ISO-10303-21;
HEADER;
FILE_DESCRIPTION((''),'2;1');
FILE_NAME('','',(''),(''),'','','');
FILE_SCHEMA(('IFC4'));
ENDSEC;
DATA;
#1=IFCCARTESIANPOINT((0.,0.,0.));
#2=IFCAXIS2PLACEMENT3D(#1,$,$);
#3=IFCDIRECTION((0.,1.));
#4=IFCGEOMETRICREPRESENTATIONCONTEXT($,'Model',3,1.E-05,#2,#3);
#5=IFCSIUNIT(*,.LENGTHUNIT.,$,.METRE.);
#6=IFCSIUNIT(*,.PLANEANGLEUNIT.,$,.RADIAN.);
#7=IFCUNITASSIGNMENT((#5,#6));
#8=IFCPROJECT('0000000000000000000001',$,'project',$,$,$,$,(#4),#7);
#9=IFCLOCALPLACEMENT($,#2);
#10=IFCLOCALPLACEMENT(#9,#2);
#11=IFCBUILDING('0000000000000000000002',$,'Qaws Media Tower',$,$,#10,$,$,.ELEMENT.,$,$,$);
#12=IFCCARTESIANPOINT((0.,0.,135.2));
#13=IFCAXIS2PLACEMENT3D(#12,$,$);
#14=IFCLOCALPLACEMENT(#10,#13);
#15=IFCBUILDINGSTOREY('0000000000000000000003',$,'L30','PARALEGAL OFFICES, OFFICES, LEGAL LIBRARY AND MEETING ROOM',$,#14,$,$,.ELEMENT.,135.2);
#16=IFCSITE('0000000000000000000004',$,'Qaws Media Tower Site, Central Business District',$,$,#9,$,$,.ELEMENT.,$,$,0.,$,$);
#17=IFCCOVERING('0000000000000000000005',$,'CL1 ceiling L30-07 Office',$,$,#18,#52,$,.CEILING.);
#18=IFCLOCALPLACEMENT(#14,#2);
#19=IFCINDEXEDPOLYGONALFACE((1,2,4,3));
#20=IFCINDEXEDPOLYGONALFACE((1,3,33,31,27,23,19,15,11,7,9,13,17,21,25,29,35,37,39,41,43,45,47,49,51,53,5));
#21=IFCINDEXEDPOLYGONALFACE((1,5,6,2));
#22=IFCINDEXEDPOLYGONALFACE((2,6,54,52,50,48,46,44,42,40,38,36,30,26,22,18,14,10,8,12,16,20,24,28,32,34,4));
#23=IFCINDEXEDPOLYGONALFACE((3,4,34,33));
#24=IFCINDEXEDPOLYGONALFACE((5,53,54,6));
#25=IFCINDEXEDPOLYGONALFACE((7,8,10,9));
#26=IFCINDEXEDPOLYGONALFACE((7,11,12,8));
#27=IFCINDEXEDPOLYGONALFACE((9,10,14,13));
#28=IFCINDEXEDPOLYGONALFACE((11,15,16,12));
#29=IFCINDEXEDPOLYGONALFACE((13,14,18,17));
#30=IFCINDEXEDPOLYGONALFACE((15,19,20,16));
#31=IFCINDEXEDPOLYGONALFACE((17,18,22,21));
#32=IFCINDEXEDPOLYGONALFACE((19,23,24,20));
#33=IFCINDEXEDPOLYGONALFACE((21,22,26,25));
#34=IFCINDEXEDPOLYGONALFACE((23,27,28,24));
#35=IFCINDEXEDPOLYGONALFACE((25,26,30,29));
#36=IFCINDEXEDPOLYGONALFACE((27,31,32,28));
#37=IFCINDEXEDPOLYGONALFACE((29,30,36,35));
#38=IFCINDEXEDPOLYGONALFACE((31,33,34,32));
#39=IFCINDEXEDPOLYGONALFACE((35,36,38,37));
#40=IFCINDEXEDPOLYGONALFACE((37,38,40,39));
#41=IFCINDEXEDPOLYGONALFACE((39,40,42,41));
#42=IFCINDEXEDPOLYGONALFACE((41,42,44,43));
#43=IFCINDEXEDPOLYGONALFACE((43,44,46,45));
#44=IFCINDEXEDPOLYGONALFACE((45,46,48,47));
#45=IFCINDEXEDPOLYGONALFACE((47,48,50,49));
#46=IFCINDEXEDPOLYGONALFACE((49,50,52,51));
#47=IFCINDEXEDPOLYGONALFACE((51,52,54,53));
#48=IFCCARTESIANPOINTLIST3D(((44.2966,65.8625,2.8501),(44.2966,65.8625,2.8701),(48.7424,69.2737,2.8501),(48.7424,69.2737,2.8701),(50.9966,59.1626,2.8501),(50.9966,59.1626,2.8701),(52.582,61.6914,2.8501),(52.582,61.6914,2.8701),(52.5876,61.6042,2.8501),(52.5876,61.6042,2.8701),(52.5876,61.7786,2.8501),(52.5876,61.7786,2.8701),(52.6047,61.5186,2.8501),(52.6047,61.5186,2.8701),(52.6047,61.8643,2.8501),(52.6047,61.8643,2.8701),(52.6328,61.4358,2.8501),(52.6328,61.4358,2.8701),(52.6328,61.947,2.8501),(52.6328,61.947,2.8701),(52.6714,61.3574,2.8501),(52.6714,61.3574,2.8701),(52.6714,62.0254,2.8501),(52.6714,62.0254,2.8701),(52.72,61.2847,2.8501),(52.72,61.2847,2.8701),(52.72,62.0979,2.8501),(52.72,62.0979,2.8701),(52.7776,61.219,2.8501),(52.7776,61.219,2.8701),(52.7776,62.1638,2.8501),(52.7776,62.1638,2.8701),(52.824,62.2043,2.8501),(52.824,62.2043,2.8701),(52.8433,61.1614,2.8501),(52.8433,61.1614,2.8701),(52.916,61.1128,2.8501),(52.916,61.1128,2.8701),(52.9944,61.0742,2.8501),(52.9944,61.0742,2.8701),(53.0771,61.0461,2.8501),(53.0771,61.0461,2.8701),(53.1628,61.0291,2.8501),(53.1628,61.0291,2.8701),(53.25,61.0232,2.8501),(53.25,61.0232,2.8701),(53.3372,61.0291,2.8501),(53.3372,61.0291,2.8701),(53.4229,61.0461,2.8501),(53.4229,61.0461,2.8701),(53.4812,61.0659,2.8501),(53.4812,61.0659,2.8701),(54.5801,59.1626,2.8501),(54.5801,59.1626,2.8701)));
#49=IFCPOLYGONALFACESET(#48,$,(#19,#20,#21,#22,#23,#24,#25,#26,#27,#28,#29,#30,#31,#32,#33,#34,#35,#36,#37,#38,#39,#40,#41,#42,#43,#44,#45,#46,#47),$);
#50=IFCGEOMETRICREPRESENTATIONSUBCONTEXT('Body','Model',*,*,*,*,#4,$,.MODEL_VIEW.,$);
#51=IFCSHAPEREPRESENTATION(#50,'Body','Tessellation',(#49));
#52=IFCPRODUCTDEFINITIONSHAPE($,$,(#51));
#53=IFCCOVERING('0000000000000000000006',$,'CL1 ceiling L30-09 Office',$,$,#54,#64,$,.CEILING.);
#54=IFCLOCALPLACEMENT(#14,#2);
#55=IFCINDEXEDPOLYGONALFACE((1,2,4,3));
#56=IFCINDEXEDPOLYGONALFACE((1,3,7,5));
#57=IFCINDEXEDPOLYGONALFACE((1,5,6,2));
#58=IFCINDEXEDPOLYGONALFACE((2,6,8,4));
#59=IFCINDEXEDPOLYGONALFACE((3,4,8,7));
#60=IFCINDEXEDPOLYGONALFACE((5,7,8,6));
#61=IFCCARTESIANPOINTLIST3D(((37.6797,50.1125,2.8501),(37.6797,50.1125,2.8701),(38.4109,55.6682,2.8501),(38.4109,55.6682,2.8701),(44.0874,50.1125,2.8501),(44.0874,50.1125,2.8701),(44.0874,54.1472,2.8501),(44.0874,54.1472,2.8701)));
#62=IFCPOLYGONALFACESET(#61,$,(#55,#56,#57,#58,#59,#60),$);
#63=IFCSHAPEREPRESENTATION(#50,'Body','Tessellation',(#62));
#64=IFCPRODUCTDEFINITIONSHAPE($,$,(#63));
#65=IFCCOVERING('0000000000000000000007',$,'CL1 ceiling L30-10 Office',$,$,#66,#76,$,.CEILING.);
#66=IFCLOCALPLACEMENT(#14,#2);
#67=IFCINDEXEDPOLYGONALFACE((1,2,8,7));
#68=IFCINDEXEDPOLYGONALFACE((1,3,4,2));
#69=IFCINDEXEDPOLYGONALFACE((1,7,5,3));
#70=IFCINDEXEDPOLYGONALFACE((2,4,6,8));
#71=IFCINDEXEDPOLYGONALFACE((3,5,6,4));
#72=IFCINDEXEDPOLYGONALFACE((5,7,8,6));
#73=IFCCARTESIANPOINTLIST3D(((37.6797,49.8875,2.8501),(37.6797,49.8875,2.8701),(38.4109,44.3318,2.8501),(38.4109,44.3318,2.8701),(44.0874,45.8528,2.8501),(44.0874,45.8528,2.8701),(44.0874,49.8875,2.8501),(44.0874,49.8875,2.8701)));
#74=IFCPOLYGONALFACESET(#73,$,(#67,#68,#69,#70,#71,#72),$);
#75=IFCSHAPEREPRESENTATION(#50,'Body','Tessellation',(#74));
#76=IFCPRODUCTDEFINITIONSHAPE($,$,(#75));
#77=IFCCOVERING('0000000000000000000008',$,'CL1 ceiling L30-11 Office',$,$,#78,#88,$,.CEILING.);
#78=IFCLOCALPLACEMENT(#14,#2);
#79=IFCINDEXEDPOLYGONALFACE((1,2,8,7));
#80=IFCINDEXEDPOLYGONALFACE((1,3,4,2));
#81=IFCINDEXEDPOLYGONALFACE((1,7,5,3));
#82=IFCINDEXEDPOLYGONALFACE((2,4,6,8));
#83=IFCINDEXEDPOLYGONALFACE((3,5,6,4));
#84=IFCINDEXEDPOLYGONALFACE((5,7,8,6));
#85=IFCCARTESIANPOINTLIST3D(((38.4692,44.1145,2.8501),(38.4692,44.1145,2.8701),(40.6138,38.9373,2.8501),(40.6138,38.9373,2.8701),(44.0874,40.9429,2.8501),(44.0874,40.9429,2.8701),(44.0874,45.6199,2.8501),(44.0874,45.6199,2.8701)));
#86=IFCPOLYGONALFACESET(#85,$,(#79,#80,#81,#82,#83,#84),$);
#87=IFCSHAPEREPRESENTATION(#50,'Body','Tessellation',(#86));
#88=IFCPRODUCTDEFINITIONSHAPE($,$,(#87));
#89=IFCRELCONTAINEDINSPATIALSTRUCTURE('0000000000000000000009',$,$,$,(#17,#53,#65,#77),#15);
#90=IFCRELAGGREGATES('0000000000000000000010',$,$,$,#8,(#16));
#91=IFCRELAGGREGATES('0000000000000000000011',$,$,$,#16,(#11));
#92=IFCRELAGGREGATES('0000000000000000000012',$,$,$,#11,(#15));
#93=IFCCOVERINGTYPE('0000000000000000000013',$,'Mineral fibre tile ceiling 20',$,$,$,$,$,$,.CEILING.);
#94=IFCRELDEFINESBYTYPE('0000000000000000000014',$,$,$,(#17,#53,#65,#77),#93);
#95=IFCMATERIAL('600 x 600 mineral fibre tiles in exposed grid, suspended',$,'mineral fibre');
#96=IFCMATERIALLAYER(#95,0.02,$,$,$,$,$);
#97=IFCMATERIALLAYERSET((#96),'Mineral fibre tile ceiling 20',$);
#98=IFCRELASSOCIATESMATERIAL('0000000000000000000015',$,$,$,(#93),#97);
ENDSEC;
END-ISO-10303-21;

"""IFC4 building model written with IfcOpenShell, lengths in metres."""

from ifc_helpers import new_model, si_unit, direction, frame, origin, place, context, subcontext, project, spatial, polyline, outline, extrude, material, layer, layer_set, type_object, element, save


model = new_model("IFC4")

# Units and contexts
model_context = context("Model", 3, precision=1e-05, world=origin(), true_north=direction((0.0, 1.0)))
body_context = subcontext(model_context, "Body", "Model", "MODEL_VIEW")
ifc_project = project(units=[si_unit("LENGTHUNIT", "METRE"), si_unit("PLANEANGLEUNIT", "RADIAN")], contexts=[model_context])

# Site, building, storey
site_placement = place(None, origin())
site = spatial("IfcSite", under=ifc_project, at=site_placement, Name="Qaws Media Tower Site, Central Business District", CompositionType="ELEMENT", RefElevation=0.0)
building_placement = place(site_placement, origin())
building = spatial("IfcBuilding", under=site, at=building_placement, Name="Qaws Media Tower", CompositionType="ELEMENT")
storey_placement = place(building_placement, frame((0.0, 0.0, 135.2)))
storey = spatial("IfcBuildingStorey", under=building, at=storey_placement, Name="L30", Description="PARALEGAL OFFICES, OFFICES, LEGAL LIBRARY AND MEETING ROOM", CompositionType="ELEMENT", Elevation=135.2)

# Coverings
ifc_material_1 = material(Name="600 x 600 mineral fibre tiles in exposed grid, suspended", Category="mineral fibre")
ifc_layer_1 = layer(ifc_material_1, 0.02)
ifc_layer_set_1 = layer_set([ifc_layer_1], Name="Mineral fibre tile ceiling 20")
covering_type_1 = type_object("IfcCoveringType", Name="Mineral fibre tile ceiling 20", PredefinedType="CEILING", material=ifc_layer_set_1)
covering_1_placement = place(storey_placement, frame((0.0, 0.0, 2.8501)))
element("IfcCovering", 1, at=covering_1_placement, inside=storey, type_object=covering_type_1, Name="CL1 ceiling L30-07 Office", PredefinedType="CEILING", context=body_context, shape_type="SweptSolid", body=[
    extrude(outline(polyline([(48.7424, 69.2737), (52.824, 62.2043), (52.7776, 62.1638), (52.72, 62.0979), (52.6714, 62.0254), (52.6328, 61.947), (52.6047, 61.8643), (52.5876, 61.7786), (52.582, 61.6914), (52.5876, 61.6042), (52.6047, 61.5186), (52.6328, 61.4358), (52.6714, 61.3574), (52.72, 61.2847), (52.7776, 61.219), (52.8433, 61.1614), (52.916, 61.1128), (52.9944, 61.0742), (53.0771, 61.0461), (53.1628, 61.0291), (53.25, 61.0232), (53.3372, 61.0291), (53.4229, 61.0461), (53.4812, 61.0659), (54.5801, 59.1626), (50.9966, 59.1626), (44.2966, 65.8625), (48.7424, 69.2737)])), origin(), (0.0, 0.0, 1.0), 0.02),
])
covering_2_placement = place(storey_placement, frame((0.0, 0.0, 2.8501)))
element("IfcCovering", 2, at=covering_2_placement, inside=storey, type_object=covering_type_1, Name="CL1 ceiling L30-09 Office", PredefinedType="CEILING", context=body_context, shape_type="SweptSolid", body=[
    extrude(outline(polyline([(38.4109, 55.6682), (44.0874, 54.1472), (44.0874, 50.1125), (37.6797, 50.1125), (38.4109, 55.6682)])), origin(), (0.0, 0.0, 1.0), 0.02),
])
covering_3_placement = place(storey_placement, frame((0.0, 0.0, 2.8501)))
element("IfcCovering", 3, at=covering_3_placement, inside=storey, type_object=covering_type_1, Name="CL1 ceiling L30-10 Office", PredefinedType="CEILING", context=body_context, shape_type="SweptSolid", body=[
    extrude(outline(polyline([(37.6797, 49.8875), (44.0874, 49.8875), (44.0874, 45.8528), (38.4109, 44.3318), (37.6797, 49.8875)])), origin(), (0.0, 0.0, 1.0), 0.02),
])
covering_4_placement = place(storey_placement, frame((0.0, 0.0, 2.8501)))
element("IfcCovering", 4, at=covering_4_placement, inside=storey, type_object=covering_type_1, Name="CL1 ceiling L30-11 Office", PredefinedType="CEILING", context=body_context, shape_type="SweptSolid", body=[
    extrude(outline(polyline([(38.4692, 44.1145), (44.0874, 45.6199), (44.0874, 40.9429), (40.6138, 38.9373), (38.4692, 44.1145)])), origin(), (0.0, 0.0, 1.0), 0.02),
])

save(model, "model.ifc")
